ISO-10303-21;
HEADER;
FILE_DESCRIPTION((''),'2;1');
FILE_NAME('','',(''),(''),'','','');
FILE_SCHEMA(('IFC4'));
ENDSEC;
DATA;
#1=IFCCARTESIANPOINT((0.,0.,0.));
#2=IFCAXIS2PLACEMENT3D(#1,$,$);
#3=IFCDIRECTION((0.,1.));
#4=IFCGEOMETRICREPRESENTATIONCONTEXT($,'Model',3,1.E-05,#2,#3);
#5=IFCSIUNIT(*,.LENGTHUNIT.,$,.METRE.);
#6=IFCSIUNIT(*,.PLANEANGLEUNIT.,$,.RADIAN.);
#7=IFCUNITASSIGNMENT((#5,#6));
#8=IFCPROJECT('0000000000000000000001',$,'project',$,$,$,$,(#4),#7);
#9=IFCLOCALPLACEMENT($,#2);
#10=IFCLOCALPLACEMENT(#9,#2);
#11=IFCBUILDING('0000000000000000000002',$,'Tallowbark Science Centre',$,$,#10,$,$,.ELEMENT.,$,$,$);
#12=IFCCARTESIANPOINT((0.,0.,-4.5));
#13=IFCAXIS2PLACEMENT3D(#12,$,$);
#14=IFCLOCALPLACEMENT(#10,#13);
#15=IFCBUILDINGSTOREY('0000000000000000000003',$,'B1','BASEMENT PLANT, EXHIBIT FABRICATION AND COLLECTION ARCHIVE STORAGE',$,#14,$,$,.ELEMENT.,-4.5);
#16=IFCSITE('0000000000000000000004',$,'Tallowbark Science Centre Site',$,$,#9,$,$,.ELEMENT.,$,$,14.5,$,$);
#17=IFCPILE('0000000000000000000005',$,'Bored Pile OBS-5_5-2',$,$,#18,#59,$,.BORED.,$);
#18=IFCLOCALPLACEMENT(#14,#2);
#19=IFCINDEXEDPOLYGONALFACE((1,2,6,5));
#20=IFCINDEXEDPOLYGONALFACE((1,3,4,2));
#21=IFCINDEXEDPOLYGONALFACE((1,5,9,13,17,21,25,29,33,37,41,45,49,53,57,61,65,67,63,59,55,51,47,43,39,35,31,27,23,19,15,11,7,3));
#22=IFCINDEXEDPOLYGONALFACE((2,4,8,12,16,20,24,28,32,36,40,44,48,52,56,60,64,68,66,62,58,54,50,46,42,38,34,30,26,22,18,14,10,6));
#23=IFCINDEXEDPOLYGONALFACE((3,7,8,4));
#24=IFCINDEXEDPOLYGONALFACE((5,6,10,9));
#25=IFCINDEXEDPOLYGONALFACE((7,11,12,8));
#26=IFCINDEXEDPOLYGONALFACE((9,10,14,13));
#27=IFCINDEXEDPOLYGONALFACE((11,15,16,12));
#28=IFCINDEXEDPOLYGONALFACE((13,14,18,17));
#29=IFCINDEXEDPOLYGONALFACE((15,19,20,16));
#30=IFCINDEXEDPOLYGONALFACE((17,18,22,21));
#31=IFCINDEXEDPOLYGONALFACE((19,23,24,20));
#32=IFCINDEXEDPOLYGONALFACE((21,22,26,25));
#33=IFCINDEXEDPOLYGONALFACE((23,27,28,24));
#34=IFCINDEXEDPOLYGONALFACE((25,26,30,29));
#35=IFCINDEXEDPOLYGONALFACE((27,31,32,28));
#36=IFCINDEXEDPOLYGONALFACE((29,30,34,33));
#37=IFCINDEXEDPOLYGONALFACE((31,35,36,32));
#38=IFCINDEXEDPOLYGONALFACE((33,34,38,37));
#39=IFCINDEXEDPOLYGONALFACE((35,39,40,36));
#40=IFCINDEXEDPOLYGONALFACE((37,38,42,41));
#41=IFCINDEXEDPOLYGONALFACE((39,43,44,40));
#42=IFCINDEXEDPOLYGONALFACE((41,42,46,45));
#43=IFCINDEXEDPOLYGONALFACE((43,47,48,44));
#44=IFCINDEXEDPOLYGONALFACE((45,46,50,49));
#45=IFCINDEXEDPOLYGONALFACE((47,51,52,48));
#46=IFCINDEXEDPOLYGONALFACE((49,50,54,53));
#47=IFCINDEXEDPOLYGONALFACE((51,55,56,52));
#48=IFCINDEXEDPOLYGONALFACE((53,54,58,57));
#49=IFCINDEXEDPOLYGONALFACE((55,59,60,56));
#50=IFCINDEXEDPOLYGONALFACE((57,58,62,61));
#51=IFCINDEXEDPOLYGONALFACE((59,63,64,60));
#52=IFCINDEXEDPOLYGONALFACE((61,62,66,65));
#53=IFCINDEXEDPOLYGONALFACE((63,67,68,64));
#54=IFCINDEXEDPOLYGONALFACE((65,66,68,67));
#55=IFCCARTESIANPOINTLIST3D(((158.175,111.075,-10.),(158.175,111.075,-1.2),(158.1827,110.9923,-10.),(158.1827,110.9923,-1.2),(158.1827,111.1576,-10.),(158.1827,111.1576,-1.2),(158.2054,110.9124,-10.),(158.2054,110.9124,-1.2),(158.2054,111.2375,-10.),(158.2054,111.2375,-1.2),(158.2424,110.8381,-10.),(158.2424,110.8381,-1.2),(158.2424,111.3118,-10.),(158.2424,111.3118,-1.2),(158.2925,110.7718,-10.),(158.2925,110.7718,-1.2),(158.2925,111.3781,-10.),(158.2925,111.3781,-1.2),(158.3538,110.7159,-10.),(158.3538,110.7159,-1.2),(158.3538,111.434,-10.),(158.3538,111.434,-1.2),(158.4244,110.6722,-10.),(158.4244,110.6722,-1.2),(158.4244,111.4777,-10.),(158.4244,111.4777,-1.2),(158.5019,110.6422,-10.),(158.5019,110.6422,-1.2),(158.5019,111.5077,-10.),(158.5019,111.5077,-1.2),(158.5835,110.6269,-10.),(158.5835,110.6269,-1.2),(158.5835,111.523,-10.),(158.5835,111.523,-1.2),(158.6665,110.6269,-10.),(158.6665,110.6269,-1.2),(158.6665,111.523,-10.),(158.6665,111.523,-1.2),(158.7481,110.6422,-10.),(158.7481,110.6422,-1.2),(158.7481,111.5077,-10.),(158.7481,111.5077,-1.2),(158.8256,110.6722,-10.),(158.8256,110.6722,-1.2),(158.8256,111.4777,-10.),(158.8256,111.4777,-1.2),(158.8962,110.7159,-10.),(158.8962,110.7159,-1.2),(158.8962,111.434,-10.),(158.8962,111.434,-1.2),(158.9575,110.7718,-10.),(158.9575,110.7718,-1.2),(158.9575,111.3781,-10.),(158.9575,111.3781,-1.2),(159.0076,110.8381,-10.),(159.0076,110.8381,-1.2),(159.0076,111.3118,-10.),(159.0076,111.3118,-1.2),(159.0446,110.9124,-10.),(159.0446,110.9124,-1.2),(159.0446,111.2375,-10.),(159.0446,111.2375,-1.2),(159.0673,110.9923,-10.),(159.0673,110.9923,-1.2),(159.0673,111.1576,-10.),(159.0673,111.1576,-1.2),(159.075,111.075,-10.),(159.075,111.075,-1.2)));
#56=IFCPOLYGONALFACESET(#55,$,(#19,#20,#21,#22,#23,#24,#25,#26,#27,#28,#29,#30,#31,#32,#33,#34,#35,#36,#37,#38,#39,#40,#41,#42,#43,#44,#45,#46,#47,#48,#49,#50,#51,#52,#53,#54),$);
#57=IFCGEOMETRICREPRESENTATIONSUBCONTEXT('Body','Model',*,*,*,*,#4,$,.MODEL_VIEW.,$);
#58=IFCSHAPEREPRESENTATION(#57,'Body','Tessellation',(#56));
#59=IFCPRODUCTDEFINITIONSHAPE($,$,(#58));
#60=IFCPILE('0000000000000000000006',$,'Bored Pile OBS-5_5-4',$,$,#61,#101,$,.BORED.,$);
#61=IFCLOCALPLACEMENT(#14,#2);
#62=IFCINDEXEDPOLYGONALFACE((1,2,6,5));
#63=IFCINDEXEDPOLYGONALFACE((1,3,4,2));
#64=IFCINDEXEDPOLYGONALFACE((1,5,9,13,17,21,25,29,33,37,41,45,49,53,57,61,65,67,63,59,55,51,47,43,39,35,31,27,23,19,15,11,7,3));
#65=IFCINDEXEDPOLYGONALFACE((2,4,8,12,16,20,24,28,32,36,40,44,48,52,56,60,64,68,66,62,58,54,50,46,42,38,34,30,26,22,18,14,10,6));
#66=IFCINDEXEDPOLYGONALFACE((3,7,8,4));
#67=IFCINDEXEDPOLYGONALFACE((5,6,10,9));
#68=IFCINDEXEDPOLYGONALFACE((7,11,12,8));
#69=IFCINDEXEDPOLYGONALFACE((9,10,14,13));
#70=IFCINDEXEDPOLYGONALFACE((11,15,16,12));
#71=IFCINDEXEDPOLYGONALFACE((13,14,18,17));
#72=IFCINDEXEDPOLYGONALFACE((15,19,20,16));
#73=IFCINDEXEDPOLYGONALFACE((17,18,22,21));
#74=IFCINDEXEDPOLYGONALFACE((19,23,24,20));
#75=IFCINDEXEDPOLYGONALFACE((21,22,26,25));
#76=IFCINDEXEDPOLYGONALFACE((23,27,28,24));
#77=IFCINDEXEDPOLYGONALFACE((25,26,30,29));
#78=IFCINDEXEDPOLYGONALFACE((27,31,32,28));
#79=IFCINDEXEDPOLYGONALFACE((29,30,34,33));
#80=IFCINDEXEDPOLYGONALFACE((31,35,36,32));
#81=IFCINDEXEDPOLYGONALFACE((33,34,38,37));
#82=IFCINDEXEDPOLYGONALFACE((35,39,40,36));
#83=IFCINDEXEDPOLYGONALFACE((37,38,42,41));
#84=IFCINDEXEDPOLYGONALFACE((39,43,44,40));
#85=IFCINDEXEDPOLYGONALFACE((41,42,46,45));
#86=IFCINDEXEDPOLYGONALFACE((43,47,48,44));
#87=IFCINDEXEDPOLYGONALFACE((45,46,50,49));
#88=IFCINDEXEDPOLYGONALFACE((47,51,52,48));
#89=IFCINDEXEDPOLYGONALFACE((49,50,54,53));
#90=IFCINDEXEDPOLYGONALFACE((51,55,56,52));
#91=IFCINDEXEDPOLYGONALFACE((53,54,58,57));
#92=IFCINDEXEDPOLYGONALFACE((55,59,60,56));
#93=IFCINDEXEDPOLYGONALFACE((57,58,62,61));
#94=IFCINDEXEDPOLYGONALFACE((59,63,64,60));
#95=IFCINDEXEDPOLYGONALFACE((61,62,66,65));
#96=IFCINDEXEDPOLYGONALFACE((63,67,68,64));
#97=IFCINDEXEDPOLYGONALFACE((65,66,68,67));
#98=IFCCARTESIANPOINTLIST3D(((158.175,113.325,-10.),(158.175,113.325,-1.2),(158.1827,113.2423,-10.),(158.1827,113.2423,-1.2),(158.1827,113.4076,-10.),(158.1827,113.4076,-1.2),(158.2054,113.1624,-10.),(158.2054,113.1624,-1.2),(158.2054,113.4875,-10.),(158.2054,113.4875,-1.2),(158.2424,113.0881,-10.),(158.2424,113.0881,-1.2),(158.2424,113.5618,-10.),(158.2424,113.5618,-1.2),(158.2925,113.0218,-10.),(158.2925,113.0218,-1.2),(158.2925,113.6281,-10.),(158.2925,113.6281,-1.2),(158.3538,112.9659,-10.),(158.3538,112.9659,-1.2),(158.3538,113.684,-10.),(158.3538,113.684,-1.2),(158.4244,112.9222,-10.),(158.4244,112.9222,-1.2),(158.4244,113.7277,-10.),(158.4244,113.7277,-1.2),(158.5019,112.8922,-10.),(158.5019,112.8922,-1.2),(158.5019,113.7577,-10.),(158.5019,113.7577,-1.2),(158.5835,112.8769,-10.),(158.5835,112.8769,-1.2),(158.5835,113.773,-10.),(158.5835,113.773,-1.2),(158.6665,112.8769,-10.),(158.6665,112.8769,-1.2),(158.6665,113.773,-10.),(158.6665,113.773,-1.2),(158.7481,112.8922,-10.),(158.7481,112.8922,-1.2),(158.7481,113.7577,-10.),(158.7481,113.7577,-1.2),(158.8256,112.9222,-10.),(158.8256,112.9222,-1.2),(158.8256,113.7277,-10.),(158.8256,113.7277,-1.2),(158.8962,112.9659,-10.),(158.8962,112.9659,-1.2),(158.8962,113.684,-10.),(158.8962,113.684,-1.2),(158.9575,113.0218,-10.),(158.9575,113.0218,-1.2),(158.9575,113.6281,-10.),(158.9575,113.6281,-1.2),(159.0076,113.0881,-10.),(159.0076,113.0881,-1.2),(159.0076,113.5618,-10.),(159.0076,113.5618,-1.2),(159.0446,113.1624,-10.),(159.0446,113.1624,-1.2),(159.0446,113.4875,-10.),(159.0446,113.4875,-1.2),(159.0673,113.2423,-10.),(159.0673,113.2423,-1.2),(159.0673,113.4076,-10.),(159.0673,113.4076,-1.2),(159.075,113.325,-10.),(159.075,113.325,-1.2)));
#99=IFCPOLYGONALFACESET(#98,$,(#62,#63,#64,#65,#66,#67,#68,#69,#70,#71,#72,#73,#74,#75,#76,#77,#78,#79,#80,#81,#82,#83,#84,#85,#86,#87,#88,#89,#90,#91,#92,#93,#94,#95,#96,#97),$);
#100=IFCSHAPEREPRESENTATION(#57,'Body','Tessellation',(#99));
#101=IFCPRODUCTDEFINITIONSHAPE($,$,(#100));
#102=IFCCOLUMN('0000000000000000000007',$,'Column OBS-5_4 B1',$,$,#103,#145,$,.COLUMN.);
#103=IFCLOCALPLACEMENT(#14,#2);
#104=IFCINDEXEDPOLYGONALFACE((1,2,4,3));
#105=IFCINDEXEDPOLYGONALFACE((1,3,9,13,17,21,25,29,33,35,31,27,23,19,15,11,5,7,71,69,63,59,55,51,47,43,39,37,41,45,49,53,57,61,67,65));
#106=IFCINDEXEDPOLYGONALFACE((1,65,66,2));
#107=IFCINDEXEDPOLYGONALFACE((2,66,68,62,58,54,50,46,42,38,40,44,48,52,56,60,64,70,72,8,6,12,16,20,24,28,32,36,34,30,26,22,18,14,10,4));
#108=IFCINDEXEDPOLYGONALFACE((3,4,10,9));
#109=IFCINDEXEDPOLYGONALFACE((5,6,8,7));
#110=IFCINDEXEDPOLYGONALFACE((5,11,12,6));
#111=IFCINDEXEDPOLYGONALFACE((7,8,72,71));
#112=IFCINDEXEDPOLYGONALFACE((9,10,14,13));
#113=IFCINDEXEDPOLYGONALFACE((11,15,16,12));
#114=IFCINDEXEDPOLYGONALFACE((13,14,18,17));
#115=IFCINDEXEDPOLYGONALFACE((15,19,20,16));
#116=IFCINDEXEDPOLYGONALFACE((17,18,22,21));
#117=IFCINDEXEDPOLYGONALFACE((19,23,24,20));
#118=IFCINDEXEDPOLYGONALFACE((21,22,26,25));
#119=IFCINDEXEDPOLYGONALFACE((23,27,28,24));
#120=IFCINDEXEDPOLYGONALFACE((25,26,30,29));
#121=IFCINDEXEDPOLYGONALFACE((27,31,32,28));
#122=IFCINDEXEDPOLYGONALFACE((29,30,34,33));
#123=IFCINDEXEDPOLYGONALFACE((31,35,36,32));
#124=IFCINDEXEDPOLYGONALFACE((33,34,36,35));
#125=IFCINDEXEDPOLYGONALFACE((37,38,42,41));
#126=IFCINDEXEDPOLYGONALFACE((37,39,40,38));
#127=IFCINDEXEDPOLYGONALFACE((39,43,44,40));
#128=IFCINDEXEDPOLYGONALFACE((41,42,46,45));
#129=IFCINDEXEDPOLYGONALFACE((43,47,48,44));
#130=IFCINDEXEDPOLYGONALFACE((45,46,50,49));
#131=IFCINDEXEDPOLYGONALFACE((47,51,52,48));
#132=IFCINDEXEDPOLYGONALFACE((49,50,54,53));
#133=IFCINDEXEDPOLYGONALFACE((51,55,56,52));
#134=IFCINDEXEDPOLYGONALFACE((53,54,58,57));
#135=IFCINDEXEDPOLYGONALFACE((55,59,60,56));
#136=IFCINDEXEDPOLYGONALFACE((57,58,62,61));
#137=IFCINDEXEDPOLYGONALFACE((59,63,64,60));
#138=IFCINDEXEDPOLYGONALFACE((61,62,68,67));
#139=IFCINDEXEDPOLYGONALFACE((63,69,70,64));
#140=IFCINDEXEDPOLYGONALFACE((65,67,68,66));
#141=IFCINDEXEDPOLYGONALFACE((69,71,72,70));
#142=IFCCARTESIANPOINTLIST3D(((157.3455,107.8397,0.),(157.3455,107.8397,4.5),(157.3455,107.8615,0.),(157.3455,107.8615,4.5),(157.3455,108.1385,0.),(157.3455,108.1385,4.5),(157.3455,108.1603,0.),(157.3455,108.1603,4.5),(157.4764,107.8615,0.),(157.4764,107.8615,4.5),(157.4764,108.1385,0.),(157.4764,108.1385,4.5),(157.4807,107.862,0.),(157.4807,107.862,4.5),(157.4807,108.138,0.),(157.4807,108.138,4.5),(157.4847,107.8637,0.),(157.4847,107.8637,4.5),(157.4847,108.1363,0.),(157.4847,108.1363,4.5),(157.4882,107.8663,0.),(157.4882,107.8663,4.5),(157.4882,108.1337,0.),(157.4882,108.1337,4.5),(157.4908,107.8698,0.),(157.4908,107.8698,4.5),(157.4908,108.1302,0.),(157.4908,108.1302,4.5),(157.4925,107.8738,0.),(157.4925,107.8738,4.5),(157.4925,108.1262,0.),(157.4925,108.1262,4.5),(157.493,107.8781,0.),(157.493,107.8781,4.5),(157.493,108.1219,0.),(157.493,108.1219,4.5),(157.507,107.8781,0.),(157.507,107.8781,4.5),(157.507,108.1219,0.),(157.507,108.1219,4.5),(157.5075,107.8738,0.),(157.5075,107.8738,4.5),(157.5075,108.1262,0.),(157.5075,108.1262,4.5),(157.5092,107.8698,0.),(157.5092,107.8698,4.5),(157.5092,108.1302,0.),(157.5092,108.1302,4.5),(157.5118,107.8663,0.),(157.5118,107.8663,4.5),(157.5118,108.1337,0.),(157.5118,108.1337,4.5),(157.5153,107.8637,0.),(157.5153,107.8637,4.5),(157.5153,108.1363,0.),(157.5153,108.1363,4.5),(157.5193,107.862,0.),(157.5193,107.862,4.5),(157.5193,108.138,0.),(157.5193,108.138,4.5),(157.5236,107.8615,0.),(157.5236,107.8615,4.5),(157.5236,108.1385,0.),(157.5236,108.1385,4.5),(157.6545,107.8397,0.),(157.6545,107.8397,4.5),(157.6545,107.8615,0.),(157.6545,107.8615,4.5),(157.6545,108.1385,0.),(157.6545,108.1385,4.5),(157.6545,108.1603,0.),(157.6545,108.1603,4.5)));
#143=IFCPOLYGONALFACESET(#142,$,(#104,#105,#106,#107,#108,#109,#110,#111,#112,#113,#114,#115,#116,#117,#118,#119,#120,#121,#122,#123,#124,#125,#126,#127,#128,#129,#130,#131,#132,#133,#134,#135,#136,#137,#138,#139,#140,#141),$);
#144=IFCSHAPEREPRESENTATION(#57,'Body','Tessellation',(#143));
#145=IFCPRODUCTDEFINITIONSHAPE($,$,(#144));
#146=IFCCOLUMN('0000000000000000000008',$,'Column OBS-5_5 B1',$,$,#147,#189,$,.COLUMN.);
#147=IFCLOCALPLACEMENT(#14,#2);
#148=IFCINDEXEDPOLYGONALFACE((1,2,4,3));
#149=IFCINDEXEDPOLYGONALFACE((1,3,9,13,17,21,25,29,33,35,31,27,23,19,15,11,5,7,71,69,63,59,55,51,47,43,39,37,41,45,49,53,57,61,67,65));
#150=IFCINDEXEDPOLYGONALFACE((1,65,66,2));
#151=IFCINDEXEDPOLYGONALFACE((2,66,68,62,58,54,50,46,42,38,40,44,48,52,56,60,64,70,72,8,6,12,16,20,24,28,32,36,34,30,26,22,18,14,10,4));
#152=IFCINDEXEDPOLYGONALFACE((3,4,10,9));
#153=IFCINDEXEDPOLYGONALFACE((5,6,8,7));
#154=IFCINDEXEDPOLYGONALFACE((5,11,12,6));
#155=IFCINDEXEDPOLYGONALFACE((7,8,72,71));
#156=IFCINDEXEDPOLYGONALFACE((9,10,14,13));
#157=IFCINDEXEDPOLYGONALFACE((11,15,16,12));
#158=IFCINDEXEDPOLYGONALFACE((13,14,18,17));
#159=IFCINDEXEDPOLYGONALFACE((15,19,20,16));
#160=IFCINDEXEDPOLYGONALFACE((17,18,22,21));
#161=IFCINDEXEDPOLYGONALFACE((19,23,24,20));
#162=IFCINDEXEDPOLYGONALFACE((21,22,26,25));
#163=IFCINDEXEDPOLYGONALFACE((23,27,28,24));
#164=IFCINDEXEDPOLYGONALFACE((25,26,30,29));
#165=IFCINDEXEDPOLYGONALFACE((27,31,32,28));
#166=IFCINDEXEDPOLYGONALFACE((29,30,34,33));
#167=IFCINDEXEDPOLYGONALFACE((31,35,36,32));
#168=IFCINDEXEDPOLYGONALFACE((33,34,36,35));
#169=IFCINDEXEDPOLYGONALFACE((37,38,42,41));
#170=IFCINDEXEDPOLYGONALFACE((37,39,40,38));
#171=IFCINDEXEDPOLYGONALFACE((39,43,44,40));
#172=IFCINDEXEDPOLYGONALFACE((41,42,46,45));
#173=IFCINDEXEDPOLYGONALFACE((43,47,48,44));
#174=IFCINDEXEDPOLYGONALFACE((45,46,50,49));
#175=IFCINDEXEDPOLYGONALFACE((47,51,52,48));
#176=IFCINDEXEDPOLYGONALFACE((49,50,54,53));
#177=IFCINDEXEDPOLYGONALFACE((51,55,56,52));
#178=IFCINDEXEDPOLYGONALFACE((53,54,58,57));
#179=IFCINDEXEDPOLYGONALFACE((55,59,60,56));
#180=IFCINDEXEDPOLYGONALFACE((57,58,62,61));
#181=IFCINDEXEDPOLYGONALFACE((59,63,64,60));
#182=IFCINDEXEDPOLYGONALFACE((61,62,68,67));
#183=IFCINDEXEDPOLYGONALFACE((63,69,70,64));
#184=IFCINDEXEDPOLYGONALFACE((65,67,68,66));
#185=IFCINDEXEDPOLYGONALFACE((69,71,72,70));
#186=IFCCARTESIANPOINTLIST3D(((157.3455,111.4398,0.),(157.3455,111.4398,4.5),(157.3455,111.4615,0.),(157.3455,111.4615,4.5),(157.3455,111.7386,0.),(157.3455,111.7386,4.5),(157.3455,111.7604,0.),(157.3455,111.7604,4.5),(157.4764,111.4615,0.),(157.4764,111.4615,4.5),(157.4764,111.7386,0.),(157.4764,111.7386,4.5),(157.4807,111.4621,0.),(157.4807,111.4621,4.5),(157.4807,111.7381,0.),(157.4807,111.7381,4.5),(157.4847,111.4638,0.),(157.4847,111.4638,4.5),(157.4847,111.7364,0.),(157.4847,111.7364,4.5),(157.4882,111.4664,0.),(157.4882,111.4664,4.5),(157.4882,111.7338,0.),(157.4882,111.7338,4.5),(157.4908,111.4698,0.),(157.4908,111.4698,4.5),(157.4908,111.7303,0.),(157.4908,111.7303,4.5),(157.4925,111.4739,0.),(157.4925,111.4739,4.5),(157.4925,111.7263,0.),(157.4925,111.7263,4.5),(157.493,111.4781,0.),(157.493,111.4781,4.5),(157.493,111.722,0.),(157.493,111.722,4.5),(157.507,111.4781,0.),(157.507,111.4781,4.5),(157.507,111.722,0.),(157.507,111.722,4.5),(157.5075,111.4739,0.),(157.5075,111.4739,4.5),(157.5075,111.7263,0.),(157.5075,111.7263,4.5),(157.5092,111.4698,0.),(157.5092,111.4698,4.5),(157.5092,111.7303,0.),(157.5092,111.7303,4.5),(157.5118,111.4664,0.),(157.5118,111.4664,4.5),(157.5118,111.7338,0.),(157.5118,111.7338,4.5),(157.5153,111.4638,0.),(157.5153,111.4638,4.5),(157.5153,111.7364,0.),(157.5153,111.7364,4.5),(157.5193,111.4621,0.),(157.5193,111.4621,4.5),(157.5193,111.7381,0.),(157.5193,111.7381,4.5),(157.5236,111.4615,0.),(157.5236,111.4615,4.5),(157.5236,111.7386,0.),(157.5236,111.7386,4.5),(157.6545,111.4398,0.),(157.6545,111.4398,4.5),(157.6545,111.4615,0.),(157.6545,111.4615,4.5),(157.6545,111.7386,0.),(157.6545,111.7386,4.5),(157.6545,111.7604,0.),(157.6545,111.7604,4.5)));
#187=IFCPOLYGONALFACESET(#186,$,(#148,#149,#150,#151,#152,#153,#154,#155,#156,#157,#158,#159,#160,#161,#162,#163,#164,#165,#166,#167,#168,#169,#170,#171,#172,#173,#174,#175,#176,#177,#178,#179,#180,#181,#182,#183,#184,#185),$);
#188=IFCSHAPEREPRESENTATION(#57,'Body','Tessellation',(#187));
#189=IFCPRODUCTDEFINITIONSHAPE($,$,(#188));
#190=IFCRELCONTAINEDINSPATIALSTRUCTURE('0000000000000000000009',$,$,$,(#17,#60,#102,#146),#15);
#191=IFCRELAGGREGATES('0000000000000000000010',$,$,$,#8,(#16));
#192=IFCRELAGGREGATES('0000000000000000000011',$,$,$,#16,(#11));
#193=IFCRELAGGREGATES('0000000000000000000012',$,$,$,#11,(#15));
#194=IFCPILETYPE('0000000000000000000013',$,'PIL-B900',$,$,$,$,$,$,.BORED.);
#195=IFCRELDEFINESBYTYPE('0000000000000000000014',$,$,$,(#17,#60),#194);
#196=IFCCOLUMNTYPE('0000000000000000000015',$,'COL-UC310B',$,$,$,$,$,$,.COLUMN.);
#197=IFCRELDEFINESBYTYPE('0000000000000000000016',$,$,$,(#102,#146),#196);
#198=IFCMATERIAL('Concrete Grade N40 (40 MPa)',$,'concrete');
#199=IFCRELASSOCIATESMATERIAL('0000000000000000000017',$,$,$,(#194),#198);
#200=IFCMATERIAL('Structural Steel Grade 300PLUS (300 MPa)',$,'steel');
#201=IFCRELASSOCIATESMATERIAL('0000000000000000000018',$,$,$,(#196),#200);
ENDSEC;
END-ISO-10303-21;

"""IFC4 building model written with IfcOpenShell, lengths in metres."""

from ifc_helpers import new_model, si_unit, direction, frame, origin, origin_2d, place, context, subcontext, project, spatial, circle, i_section, extrude, material, material_profile, profile_set, type_object, element, save


model = new_model("IFC4")

# Units and contexts
model_context = context("Model", 3, precision=1e-05, world=origin(), true_north=direction((0.0, 1.0)))
body_context = subcontext(model_context, "Body", "Model", "MODEL_VIEW")
ifc_project = project(units=[si_unit("LENGTHUNIT", "METRE"), si_unit("PLANEANGLEUNIT", "RADIAN")], contexts=[model_context])

# Site, building, storey
site_placement = place(None, origin())
site = spatial("IfcSite", under=ifc_project, at=site_placement, Name="Tallowbark Science Centre Site", CompositionType="ELEMENT", RefElevation=14.5)
building_placement = place(site_placement, origin())
building = spatial("IfcBuilding", under=site, at=building_placement, Name="Tallowbark Science Centre", CompositionType="ELEMENT")
storey_placement = place(building_placement, frame((0.0, 0.0, -4.5)))
storey = spatial("IfcBuildingStorey", under=building, at=storey_placement, Name="B1", Description="BASEMENT PLANT, EXHIBIT FABRICATION AND COLLECTION ARCHIVE STORAGE", CompositionType="ELEMENT", Elevation=-4.5)

# Shared definitions
ifc_material_1 = material(Name="Concrete Grade N40 (40 MPa)", Category="concrete")

# Piles
ifc_material_profile_1 = material_profile(ifc_material_1, circle(Radius=0.45, at=origin_2d()), Name="PILE900")
ifc_profile_set_1 = profile_set([ifc_material_profile_1], Name="Concrete Grade N40 (40 MPa)")
pile_type_1 = type_object("IfcPileType", Name="PIL-B900", PredefinedType="BORED", material=ifc_profile_set_1)
for number, where, z_axis, x_axis, name in (
    (1, (158.625, 111.075, -1.2), (0.0, 0.0, -1.0), (1.0, 0.0, 0.0), "Bored Pile OBS-5_5-2"),
    (2, (158.625, 113.325, -1.2), (0.0, 0.0, -1.0), (1.0, 0.0, 0.0), "Bored Pile OBS-5_5-4"),
):
    element("IfcPile", number, at=place(storey_placement, frame(where, z_axis=z_axis, x_axis=x_axis)), inside=storey, type_object=pile_type_1, Name=name, PredefinedType="BORED", context=body_context, shape_type="SweptSolid", body=[
        extrude(circle(Radius=0.45, at=origin_2d()), origin(), (0.0, 0.0, 1.0), 8.8),
    ])

# Columns
ifc_material_2 = material(Name="Structural Steel Grade 300PLUS (300 MPa)", Category="steel")
ifc_material_profile_2 = material_profile(ifc_material_2, i_section(OverallWidth=0.3091, OverallDepth=0.3206, WebThickness=0.0139, FlangeThickness=0.0217, FilletRadius=0.0166, at=origin_2d()), Name="310UC137")
ifc_profile_set_2 = profile_set([ifc_material_profile_2], Name="Structural Steel Grade 300PLUS (300 MPa)")
column_type_1 = type_object("IfcColumnType", Name="COL-UC310B", PredefinedType="COLUMN", material=ifc_profile_set_2)
for number, where, z_axis, x_axis, name in (
    (3, (157.5, 108.0, 0.0), (0.0, 0.0, 1.0), (1.0, 0.0, 0.0), "Column OBS-5_4 B1"),
    (4, (157.5, 111.6001, 0.0), (0.0, 0.0, 1.0), (1.0, 0.0, 0.0), "Column OBS-5_5 B1"),
):
    element("IfcColumn", number, at=place(storey_placement, frame(where, z_axis=z_axis, x_axis=x_axis)), inside=storey, type_object=column_type_1, Name=name, PredefinedType="COLUMN", context=body_context, shape_type="SweptSolid", body=[
        extrude(i_section(OverallWidth=0.3091, OverallDepth=0.3206, WebThickness=0.0139, FlangeThickness=0.0217, FilletRadius=0.0166, at=origin_2d()), origin(), (0.0, 0.0, 1.0), 4.5),
    ])

save(model, "model.ifc")
